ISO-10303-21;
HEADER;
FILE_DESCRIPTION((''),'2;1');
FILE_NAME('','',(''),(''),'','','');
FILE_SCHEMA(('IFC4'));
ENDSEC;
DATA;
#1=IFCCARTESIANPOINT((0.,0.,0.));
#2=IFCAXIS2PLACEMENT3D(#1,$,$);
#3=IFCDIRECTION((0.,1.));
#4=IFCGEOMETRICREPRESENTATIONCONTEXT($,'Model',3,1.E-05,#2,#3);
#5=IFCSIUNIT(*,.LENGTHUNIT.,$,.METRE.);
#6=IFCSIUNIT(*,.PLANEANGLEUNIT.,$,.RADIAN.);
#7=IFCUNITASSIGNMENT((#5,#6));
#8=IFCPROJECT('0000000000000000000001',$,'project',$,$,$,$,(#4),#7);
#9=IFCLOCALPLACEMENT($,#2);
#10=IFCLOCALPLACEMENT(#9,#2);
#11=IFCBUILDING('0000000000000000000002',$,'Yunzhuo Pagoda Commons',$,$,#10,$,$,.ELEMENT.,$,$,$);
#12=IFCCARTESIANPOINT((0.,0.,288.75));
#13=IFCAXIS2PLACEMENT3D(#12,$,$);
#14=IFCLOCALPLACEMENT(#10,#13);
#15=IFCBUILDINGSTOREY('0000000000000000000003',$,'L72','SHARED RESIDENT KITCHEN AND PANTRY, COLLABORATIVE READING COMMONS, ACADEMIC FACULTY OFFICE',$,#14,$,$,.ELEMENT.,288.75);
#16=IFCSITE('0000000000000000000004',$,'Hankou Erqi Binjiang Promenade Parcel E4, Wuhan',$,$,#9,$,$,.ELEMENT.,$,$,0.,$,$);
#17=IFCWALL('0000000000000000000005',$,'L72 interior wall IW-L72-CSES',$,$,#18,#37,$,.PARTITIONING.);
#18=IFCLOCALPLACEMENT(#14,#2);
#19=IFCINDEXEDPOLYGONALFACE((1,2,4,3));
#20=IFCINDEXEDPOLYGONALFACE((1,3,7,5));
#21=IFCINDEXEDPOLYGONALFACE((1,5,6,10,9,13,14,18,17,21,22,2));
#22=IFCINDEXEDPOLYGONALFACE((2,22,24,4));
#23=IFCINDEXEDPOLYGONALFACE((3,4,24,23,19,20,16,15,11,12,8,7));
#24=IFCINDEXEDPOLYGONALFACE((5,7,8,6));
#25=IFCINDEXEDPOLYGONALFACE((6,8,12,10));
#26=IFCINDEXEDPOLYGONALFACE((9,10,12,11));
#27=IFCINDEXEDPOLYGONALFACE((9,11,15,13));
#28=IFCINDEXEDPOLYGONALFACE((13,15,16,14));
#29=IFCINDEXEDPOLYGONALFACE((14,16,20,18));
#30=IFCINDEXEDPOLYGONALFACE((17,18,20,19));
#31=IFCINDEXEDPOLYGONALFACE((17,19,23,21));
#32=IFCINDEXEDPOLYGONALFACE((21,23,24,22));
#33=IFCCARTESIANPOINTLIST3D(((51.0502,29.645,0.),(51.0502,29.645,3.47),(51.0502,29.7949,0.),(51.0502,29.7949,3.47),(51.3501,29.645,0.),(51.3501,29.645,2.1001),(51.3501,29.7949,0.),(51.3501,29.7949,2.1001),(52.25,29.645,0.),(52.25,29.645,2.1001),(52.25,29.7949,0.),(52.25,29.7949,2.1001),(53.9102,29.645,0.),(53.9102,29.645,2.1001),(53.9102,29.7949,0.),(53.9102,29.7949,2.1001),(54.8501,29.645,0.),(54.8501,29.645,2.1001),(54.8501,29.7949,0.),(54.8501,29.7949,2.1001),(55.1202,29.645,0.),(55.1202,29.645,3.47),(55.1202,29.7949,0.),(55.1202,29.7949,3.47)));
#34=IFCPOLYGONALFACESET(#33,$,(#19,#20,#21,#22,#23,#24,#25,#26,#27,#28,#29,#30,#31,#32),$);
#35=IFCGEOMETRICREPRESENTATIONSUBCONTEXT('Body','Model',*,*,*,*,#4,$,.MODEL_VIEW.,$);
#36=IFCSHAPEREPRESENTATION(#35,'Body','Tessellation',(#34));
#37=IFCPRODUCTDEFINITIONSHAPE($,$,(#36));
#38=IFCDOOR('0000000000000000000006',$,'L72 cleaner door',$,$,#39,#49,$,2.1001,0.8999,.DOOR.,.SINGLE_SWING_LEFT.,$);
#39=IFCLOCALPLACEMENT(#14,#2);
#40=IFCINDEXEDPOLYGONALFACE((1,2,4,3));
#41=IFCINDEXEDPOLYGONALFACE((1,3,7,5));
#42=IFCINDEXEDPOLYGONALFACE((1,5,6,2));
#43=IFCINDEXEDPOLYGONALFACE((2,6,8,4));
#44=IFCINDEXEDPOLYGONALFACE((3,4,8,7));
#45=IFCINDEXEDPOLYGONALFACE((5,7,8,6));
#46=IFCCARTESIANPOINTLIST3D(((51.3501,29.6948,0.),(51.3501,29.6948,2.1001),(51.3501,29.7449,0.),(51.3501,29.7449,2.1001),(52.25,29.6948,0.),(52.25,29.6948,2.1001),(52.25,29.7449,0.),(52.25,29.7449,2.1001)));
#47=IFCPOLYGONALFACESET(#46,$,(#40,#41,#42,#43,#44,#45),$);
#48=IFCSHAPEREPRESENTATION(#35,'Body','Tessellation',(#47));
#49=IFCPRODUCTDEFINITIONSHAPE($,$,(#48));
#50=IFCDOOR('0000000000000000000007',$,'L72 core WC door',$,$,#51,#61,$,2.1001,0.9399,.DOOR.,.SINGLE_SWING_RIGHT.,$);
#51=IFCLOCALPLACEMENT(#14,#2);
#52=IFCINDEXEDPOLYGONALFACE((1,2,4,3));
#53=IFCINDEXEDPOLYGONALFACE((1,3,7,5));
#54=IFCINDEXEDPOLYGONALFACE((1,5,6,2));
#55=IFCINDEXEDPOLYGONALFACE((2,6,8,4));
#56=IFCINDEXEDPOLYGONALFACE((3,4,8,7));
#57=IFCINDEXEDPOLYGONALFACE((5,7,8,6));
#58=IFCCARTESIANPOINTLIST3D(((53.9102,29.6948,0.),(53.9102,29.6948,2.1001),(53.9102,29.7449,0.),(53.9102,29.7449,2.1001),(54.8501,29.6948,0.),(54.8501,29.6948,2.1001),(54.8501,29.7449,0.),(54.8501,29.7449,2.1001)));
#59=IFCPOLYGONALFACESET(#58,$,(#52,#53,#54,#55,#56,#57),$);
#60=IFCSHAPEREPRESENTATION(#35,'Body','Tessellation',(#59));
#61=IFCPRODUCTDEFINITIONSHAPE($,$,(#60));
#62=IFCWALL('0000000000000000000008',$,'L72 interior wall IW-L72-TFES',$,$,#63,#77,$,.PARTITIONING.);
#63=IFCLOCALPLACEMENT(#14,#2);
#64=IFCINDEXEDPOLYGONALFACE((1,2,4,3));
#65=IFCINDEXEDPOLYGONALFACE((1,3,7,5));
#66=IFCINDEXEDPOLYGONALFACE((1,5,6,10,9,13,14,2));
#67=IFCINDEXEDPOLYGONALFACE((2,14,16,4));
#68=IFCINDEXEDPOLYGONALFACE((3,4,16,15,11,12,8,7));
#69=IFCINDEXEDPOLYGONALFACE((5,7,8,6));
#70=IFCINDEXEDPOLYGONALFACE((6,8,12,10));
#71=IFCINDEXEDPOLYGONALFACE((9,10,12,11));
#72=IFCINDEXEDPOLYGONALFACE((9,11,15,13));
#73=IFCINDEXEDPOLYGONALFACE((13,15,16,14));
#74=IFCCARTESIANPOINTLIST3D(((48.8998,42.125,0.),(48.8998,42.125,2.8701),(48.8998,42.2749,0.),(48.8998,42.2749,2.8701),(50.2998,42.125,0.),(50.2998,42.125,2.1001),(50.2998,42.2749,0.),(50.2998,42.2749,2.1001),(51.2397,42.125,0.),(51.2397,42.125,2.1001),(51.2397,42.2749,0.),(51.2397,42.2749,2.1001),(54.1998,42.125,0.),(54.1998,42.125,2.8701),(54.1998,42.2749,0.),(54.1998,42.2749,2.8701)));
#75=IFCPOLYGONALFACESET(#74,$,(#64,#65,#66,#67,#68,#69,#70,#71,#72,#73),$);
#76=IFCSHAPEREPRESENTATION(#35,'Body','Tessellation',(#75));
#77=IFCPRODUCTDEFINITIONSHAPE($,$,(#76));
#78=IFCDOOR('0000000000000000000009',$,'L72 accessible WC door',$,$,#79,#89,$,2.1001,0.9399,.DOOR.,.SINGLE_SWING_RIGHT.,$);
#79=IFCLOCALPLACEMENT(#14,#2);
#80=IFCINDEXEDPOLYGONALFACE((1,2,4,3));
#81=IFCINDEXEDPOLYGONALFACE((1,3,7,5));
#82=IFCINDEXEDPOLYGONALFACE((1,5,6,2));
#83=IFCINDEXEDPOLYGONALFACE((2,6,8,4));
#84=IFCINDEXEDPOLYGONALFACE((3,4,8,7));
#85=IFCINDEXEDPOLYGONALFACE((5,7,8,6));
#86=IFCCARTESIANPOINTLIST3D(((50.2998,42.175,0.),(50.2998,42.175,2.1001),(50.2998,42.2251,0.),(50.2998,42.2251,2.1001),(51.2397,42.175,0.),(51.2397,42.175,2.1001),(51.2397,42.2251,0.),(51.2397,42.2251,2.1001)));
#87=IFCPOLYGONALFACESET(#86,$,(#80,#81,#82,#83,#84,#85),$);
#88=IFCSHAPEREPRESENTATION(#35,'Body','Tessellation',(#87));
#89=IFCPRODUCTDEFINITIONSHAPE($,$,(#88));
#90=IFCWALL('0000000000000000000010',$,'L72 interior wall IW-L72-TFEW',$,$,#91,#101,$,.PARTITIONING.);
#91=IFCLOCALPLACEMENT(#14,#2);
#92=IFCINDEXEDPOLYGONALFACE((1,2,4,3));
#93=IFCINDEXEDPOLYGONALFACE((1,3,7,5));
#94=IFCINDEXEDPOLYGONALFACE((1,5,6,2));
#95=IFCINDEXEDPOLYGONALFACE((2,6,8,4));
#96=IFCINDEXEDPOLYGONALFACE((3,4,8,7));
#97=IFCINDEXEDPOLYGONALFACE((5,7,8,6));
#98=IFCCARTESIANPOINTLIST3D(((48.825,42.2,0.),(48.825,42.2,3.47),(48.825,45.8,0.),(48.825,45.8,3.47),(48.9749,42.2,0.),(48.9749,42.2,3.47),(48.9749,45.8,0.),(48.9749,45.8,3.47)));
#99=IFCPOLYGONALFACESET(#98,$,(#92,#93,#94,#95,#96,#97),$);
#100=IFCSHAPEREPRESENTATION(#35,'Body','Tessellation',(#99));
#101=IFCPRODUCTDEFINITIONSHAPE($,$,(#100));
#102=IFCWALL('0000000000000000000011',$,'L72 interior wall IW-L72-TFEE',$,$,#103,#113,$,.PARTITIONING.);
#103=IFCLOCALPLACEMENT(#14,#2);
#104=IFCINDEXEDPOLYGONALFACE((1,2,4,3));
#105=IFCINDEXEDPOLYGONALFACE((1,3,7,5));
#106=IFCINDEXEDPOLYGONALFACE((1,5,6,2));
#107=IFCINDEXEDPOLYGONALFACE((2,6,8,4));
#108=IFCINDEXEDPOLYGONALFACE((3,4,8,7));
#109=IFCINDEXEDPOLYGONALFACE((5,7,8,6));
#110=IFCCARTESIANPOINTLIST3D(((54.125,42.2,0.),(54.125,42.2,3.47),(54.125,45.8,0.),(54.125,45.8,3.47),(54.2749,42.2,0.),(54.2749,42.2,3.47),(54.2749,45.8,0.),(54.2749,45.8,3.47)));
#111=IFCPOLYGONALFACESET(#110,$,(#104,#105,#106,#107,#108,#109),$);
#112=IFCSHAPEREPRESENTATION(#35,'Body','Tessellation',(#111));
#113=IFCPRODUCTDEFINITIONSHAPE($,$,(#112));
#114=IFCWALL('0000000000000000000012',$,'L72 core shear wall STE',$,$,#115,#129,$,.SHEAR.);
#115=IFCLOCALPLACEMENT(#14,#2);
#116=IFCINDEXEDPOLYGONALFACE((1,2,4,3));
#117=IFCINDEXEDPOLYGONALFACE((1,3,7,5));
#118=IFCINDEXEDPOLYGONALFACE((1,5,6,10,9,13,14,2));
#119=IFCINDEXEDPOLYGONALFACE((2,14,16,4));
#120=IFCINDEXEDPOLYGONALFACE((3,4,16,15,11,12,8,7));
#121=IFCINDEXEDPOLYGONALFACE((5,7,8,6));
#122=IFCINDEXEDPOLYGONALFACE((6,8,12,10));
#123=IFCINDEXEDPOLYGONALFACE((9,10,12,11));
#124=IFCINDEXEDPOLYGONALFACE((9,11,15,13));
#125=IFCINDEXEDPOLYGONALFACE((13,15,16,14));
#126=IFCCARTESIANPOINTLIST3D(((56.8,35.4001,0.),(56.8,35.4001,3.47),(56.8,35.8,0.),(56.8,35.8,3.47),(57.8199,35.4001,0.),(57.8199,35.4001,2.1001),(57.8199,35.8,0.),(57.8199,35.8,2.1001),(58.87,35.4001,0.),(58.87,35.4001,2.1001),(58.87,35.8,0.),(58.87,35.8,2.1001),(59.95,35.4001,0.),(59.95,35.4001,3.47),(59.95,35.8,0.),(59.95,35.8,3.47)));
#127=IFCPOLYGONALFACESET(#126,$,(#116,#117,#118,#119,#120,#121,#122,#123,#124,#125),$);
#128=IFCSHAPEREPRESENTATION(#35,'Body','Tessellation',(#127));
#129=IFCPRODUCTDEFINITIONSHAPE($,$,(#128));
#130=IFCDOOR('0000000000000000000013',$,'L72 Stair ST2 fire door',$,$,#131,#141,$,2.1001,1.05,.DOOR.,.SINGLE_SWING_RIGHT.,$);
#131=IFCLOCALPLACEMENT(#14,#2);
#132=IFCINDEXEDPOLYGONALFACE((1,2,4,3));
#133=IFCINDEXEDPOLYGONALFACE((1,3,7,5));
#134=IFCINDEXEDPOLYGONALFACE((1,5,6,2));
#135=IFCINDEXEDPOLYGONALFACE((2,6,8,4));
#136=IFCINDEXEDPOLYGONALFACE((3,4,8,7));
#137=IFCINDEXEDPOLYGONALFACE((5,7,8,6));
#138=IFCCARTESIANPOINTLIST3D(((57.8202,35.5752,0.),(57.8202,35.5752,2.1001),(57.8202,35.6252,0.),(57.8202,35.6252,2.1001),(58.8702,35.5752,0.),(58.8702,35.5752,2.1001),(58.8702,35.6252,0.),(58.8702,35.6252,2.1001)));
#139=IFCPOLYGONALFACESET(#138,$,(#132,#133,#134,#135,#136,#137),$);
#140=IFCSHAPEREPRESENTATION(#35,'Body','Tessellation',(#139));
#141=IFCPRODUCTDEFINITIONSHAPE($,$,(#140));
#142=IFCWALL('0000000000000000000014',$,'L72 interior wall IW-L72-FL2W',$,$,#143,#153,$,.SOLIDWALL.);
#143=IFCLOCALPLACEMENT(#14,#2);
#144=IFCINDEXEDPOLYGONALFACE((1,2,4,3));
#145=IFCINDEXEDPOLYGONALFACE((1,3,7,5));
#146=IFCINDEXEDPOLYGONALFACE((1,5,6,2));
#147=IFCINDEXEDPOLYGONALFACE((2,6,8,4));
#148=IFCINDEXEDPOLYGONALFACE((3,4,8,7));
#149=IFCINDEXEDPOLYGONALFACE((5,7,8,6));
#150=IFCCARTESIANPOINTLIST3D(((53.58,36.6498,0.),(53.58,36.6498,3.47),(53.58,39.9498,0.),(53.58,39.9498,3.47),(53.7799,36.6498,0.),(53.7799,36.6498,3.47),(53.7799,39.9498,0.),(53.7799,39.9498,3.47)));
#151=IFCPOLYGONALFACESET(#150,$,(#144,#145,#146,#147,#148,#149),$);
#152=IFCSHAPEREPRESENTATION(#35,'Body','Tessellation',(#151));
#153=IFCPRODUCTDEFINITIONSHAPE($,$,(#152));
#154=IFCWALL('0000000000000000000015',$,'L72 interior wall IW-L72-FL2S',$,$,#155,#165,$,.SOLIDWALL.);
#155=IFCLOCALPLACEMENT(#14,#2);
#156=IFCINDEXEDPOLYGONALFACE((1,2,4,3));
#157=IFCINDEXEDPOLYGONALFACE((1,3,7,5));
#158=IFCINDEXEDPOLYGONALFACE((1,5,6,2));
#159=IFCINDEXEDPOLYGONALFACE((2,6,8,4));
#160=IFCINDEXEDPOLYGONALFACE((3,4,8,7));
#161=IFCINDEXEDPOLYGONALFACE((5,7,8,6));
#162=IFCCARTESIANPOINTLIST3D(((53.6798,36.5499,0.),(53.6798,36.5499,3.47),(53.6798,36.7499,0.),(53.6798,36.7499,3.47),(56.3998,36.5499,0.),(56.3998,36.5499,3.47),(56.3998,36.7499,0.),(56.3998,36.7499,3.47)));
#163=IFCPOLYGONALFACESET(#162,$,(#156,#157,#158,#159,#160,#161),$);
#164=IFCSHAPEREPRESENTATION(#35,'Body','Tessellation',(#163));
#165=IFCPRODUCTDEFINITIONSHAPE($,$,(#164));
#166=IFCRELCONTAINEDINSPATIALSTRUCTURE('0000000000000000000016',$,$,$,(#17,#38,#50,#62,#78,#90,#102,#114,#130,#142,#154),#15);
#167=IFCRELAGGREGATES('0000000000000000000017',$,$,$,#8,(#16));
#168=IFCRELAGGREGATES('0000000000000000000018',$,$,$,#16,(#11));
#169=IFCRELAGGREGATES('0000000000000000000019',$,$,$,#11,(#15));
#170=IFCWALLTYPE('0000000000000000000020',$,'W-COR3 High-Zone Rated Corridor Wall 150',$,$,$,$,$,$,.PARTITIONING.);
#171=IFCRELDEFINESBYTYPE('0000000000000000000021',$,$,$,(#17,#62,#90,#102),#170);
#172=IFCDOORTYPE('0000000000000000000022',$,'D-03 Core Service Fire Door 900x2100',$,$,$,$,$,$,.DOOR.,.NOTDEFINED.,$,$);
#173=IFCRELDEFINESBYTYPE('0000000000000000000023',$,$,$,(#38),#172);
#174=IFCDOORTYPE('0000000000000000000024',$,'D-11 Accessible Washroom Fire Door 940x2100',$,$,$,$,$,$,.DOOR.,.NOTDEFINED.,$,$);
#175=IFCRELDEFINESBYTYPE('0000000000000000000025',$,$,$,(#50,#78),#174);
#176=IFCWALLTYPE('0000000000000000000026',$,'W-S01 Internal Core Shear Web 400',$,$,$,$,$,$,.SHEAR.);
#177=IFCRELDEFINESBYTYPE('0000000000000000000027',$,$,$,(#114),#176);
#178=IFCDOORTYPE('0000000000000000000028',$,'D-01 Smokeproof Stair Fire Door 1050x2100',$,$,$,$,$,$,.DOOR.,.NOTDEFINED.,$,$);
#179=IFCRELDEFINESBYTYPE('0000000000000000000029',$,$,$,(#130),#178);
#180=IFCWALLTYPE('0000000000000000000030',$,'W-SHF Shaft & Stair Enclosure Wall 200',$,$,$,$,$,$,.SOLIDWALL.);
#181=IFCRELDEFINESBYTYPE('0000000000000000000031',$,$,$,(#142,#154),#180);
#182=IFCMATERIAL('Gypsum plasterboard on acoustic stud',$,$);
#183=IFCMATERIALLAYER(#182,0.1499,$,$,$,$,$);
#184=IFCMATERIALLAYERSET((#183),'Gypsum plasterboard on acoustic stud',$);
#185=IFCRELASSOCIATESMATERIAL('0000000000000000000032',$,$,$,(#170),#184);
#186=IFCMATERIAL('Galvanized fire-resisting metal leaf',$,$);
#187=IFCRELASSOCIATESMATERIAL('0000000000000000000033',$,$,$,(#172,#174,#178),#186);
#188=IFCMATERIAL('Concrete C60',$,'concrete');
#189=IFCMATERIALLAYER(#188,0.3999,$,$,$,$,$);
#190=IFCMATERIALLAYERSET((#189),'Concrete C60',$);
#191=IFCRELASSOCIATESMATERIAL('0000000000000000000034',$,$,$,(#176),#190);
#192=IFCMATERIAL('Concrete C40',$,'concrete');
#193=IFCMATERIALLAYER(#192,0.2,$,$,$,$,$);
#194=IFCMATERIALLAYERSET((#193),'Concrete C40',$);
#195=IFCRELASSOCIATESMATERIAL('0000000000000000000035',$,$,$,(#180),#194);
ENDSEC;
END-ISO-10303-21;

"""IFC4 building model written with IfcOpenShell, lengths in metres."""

from ifc_helpers import new_model, si_unit, direction, frame, frame_2d, origin, origin_with_axes, place, context, subcontext, project, spatial, rectangle, extrude, source, transform, mapped, material, layer, layer_set, type_object, element, fill, save


model = new_model("IFC4")

# Units and contexts
model_context = context("Model", 3, precision=1e-05, world=origin(), true_north=direction((0.0, 1.0)))
body_context = subcontext(model_context, "Body", "Model", "MODEL_VIEW")
ifc_project = project(units=[si_unit("LENGTHUNIT", "METRE"), si_unit("PLANEANGLEUNIT", "RADIAN")], contexts=[model_context])

# Site, building, storey
site_placement = place(None, origin())
site = spatial("IfcSite", under=ifc_project, at=site_placement, Name="Hankou Erqi Binjiang Promenade Parcel E4, Wuhan", CompositionType="ELEMENT", RefElevation=0.0)
building_placement = place(site_placement, origin())
building = spatial("IfcBuilding", under=site, at=building_placement, Name="Yunzhuo Pagoda Commons", CompositionType="ELEMENT")
storey_placement = place(building_placement, frame((0.0, 0.0, 288.75)))
storey = spatial("IfcBuildingStorey", under=building, at=storey_placement, Name="L72", Description="SHARED RESIDENT KITCHEN AND PANTRY, COLLABORATIVE READING COMMONS, ACADEMIC FACULTY OFFICE", CompositionType="ELEMENT", Elevation=288.75)

# Shared definitions
ifc_material_1 = material(Name="Galvanized fire-resisting metal leaf")
shared_shape_1 = source(origin(), body_context, "Body", "SweptSolid", [
    extrude(rectangle(XDim=1.05, YDim=2.1001, at=frame_2d((0.5249, 1.05))), frame((0.0, 0.0249, 0.0), z_axis=(0.0, -1.0, 0.0), x_axis=(1.0, 0.0, 0.0)), (0.0, 0.0, 1.0), 0.05),
])

# Shared definitions
ifc_material_2 = material(Name="Gypsum plasterboard on acoustic stud")
ifc_layer_1 = layer(ifc_material_2, 0.1499)
ifc_layer_set_1 = layer_set([ifc_layer_1], Name="Gypsum plasterboard on acoustic stud")
wall_type_1 = type_object("IfcWallType", Name="W-COR3 High-Zone Rated Corridor Wall 150", PredefinedType="PARTITIONING", material=ifc_layer_set_1)

# Wall, openings, doors
wall_1_placement = place(storey_placement, frame((51.05, 29.72, 0.0), z_axis=(0.0, 0.0, 1.0), x_axis=(1.0, 0.0, 0.0)))
wall_1 = element("IfcWall", 1, at=wall_1_placement, inside=storey, type_object=wall_type_1, Name="L72 interior wall IW-L72-CSES", PredefinedType="PARTITIONING", context=body_context, shape_type="SweptSolid", body=[
    extrude(rectangle(XDim=4.0701, YDim=0.1499, at=frame_2d((2.0352, 0.0))), origin(), (0.0, 0.0, 1.0), 3.47),
])
opening_1_placement = place(wall_1_placement, frame((0.3, 0.0, 0.0)))
opening_1 = element("IfcOpeningElement", 2, at=opening_1_placement, cuts=wall_1, PredefinedType="OPENING", context=body_context, shape_type="SweptSolid", body=[
    extrude(rectangle(XDim=0.8999, YDim=2.1001, at=frame_2d((0.45, 1.05))), frame((0.0, 0.085, 0.0), z_axis=(0.0, -1.0, 0.0), x_axis=(1.0, 0.0, 0.0)), (0.0, 0.0, 1.0), 0.1699),
])
opening_2_placement = place(wall_1_placement, frame((2.8601, 0.0, 0.0)))
opening_2 = element("IfcOpeningElement", 3, at=opening_2_placement, cuts=wall_1, PredefinedType="OPENING", context=body_context, shape_type="SweptSolid", body=[
    extrude(rectangle(XDim=0.9399, YDim=2.1001, at=frame_2d((0.47, 1.05))), frame((0.0, 0.085, 0.0), z_axis=(0.0, -1.0, 0.0), x_axis=(1.0, 0.0, 0.0)), (0.0, 0.0, 1.0), 0.1699),
])
door_type_1 = type_object("IfcDoorType", Name="D-03 Core Service Fire Door 900x2100", OperationType="NOTDEFINED", PredefinedType="DOOR", material=ifc_material_1)
shared_shape_2 = source(origin(), body_context, "Body", "SweptSolid", [
    extrude(rectangle(XDim=0.8999, YDim=2.1001, at=frame_2d((0.45, 1.05))), frame((0.0, 0.0249, 0.0), z_axis=(0.0, -1.0, 0.0), x_axis=(1.0, 0.0, 0.0)), (0.0, 0.0, 1.0), 0.05),
])
door_1_placement = place(opening_1_placement, origin_with_axes())
door_1 = element("IfcDoor", 4, at=door_1_placement, inside=storey, type_object=door_type_1, Name="L72 cleaner door", OperationType="SINGLE_SWING_LEFT", OverallHeight=2.1001, OverallWidth=0.8999, PredefinedType="DOOR", context=body_context, shape_type="MappedRepresentation", body=[
    mapped(shared_shape_2, transform((0.0, 0.0, 0.0), scale=1.0)),
])
fill(opening_1, door_1)
door_type_2 = type_object("IfcDoorType", Name="D-11 Accessible Washroom Fire Door 940x2100", OperationType="NOTDEFINED", PredefinedType="DOOR", material=ifc_material_1)
shared_shape_3 = source(origin(), body_context, "Body", "SweptSolid", [
    extrude(rectangle(XDim=0.9399, YDim=2.1001, at=frame_2d((0.47, 1.05))), frame((0.0, 0.0249, 0.0), z_axis=(0.0, -1.0, 0.0), x_axis=(1.0, 0.0, 0.0)), (0.0, 0.0, 1.0), 0.05),
])
door_2_placement = place(opening_2_placement, origin_with_axes())
door_2 = element("IfcDoor", 5, at=door_2_placement, inside=storey, type_object=door_type_2, Name="L72 core WC door", OperationType="SINGLE_SWING_RIGHT", OverallHeight=2.1001, OverallWidth=0.9399, PredefinedType="DOOR", context=body_context, shape_type="MappedRepresentation", body=[
    mapped(shared_shape_3, transform((0.0, 0.0, 0.0), scale=1.0)),
])
fill(opening_2, door_2)

# Wall, opening, door
wall_2_placement = place(storey_placement, frame((48.8999, 42.2, 0.0), z_axis=(0.0, 0.0, 1.0), x_axis=(1.0, 0.0, 0.0)))
wall_2 = element("IfcWall", 6, at=wall_2_placement, inside=storey, type_object=wall_type_1, Name="L72 interior wall IW-L72-TFES", PredefinedType="PARTITIONING", context=body_context, shape_type="SweptSolid", body=[
    extrude(rectangle(XDim=5.3, YDim=0.1499, at=frame_2d((2.6499, 0.0))), origin(), (0.0, 0.0, 1.0), 2.8701),
])
opening_3_placement = place(wall_2_placement, frame((1.3999, 0.0, 0.0)))
opening_3 = element("IfcOpeningElement", 7, at=opening_3_placement, cuts=wall_2, PredefinedType="OPENING", context=body_context, shape_type="SweptSolid", body=[
    extrude(rectangle(XDim=0.9399, YDim=2.1001, at=frame_2d((0.47, 1.05))), frame((0.0, 0.085, 0.0), z_axis=(0.0, -1.0, 0.0), x_axis=(1.0, 0.0, 0.0)), (0.0, 0.0, 1.0), 0.1699),
])
door_3_placement = place(opening_3_placement, frame((0.9399, 0.0, 0.0), z_axis=(0.0, 0.0, 1.0), x_axis=(-1.0, 0.0, 0.0)))
door_3 = element("IfcDoor", 8, at=door_3_placement, inside=storey, type_object=door_type_2, Name="L72 accessible WC door", OperationType="SINGLE_SWING_RIGHT", OverallHeight=2.1001, OverallWidth=0.9399, PredefinedType="DOOR", context=body_context, shape_type="MappedRepresentation", body=[
    mapped(shared_shape_3, transform((0.0, 0.0, 0.0), scale=1.0)),
])
fill(opening_3, door_3)

# Walls
for number, where, z_axis, x_axis, name in (
    (9, (48.8999, 42.2, 0.0), (0.0, 0.0, 1.0), (0.0, 1.0, 0.0), "L72 interior wall IW-L72-TFEW"),
    (10, (54.2, 42.2, 0.0), (0.0, 0.0, 1.0), (0.0, 1.0, 0.0), "L72 interior wall IW-L72-TFEE"),
):
    element("IfcWall", number, at=place(storey_placement, frame(where, z_axis=z_axis, x_axis=x_axis)), inside=storey, type_object=wall_type_1, Name=name, PredefinedType="PARTITIONING", context=body_context, shape_type="SweptSolid", body=[
        extrude(rectangle(XDim=3.6001, YDim=0.1499, at=frame_2d((1.8, 0.0))), origin(), (0.0, 0.0, 1.0), 3.47),
    ])

# Wall, opening, door
ifc_material_3 = material(Name="Concrete C60", Category="concrete")
ifc_layer_2 = layer(ifc_material_3, 0.3999)
ifc_layer_set_2 = layer_set([ifc_layer_2], Name="Concrete C60")
wall_type_2 = type_object("IfcWallType", Name="W-S01 Internal Core Shear Web 400", PredefinedType="SHEAR", material=ifc_layer_set_2)
wall_3_placement = place(storey_placement, frame((56.8, 35.6001, 0.0), z_axis=(0.0, 0.0, 1.0), x_axis=(1.0, 0.0, 0.0)))
wall_3 = element("IfcWall", 11, at=wall_3_placement, inside=storey, type_object=wall_type_2, Name="L72 core shear wall STE", PredefinedType="SHEAR", context=body_context, shape_type="SweptSolid", body=[
    extrude(rectangle(XDim=3.1499, YDim=0.3999, at=frame_2d((1.575, 0.0))), origin(), (0.0, 0.0, 1.0), 3.47),
])
opening_4_placement = place(wall_3_placement, frame((1.02, 0.0, 0.0)))
opening_4 = element("IfcOpeningElement", 12, at=opening_4_placement, cuts=wall_3, PredefinedType="OPENING", context=body_context, shape_type="SweptSolid", body=[
    extrude(rectangle(XDim=1.05, YDim=2.1001, at=frame_2d((0.5249, 1.05))), frame((0.0, 0.21, 0.0), z_axis=(0.0, -1.0, 0.0), x_axis=(1.0, 0.0, 0.0)), (0.0, 0.0, 1.0), 0.4199),
])
door_type_3 = type_object("IfcDoorType", Name="D-01 Smokeproof Stair Fire Door 1050x2100", OperationType="NOTDEFINED", PredefinedType="DOOR", material=ifc_material_1)
door_4_placement = place(opening_4_placement, frame((1.05, 0.0, 0.0), z_axis=(0.0, 0.0, 1.0), x_axis=(-1.0, 0.0, 0.0)))
door_4 = element("IfcDoor", 13, at=door_4_placement, inside=storey, type_object=door_type_3, Name="L72 Stair ST2 fire door", OperationType="SINGLE_SWING_RIGHT", OverallHeight=2.1001, OverallWidth=1.05, PredefinedType="DOOR", context=body_context, shape_type="MappedRepresentation", body=[
    mapped(shared_shape_1, transform((0.0, 0.0, 0.0), scale=1.0)),
])
fill(opening_4, door_4)

# Walls
ifc_material_4 = material(Name="Concrete C40", Category="concrete")
ifc_layer_3 = layer(ifc_material_4, 0.2)
ifc_layer_set_3 = layer_set([ifc_layer_3], Name="Concrete C40")
wall_type_3 = type_object("IfcWallType", Name="W-SHF Shaft & Stair Enclosure Wall 200", PredefinedType="SOLIDWALL", material=ifc_layer_set_3)
wall_4_placement = place(storey_placement, frame((53.6799, 36.6499, 0.0), z_axis=(0.0, 0.0, 1.0), x_axis=(0.0, 1.0, 0.0)))
element("IfcWall", 14, at=wall_4_placement, inside=storey, type_object=wall_type_3, Name="L72 interior wall IW-L72-FL2W", PredefinedType="SOLIDWALL", context=body_context, shape_type="SweptSolid", body=[
    extrude(rectangle(XDim=3.3, YDim=0.2, at=frame_2d((1.6499, 0.0))), origin(), (0.0, 0.0, 1.0), 3.47),
])
wall_5_placement = place(storey_placement, frame((53.6799, 36.6499, 0.0), z_axis=(0.0, 0.0, 1.0), x_axis=(1.0, 0.0, 0.0)))
element("IfcWall", 15, at=wall_5_placement, inside=storey, type_object=wall_type_3, Name="L72 interior wall IW-L72-FL2S", PredefinedType="SOLIDWALL", context=body_context, shape_type="SweptSolid", body=[
    extrude(rectangle(XDim=2.72, YDim=0.2, at=frame_2d((1.3599, 0.0))), origin(), (0.0, 0.0, 1.0), 3.47),
])

save(model, "model.ifc")
